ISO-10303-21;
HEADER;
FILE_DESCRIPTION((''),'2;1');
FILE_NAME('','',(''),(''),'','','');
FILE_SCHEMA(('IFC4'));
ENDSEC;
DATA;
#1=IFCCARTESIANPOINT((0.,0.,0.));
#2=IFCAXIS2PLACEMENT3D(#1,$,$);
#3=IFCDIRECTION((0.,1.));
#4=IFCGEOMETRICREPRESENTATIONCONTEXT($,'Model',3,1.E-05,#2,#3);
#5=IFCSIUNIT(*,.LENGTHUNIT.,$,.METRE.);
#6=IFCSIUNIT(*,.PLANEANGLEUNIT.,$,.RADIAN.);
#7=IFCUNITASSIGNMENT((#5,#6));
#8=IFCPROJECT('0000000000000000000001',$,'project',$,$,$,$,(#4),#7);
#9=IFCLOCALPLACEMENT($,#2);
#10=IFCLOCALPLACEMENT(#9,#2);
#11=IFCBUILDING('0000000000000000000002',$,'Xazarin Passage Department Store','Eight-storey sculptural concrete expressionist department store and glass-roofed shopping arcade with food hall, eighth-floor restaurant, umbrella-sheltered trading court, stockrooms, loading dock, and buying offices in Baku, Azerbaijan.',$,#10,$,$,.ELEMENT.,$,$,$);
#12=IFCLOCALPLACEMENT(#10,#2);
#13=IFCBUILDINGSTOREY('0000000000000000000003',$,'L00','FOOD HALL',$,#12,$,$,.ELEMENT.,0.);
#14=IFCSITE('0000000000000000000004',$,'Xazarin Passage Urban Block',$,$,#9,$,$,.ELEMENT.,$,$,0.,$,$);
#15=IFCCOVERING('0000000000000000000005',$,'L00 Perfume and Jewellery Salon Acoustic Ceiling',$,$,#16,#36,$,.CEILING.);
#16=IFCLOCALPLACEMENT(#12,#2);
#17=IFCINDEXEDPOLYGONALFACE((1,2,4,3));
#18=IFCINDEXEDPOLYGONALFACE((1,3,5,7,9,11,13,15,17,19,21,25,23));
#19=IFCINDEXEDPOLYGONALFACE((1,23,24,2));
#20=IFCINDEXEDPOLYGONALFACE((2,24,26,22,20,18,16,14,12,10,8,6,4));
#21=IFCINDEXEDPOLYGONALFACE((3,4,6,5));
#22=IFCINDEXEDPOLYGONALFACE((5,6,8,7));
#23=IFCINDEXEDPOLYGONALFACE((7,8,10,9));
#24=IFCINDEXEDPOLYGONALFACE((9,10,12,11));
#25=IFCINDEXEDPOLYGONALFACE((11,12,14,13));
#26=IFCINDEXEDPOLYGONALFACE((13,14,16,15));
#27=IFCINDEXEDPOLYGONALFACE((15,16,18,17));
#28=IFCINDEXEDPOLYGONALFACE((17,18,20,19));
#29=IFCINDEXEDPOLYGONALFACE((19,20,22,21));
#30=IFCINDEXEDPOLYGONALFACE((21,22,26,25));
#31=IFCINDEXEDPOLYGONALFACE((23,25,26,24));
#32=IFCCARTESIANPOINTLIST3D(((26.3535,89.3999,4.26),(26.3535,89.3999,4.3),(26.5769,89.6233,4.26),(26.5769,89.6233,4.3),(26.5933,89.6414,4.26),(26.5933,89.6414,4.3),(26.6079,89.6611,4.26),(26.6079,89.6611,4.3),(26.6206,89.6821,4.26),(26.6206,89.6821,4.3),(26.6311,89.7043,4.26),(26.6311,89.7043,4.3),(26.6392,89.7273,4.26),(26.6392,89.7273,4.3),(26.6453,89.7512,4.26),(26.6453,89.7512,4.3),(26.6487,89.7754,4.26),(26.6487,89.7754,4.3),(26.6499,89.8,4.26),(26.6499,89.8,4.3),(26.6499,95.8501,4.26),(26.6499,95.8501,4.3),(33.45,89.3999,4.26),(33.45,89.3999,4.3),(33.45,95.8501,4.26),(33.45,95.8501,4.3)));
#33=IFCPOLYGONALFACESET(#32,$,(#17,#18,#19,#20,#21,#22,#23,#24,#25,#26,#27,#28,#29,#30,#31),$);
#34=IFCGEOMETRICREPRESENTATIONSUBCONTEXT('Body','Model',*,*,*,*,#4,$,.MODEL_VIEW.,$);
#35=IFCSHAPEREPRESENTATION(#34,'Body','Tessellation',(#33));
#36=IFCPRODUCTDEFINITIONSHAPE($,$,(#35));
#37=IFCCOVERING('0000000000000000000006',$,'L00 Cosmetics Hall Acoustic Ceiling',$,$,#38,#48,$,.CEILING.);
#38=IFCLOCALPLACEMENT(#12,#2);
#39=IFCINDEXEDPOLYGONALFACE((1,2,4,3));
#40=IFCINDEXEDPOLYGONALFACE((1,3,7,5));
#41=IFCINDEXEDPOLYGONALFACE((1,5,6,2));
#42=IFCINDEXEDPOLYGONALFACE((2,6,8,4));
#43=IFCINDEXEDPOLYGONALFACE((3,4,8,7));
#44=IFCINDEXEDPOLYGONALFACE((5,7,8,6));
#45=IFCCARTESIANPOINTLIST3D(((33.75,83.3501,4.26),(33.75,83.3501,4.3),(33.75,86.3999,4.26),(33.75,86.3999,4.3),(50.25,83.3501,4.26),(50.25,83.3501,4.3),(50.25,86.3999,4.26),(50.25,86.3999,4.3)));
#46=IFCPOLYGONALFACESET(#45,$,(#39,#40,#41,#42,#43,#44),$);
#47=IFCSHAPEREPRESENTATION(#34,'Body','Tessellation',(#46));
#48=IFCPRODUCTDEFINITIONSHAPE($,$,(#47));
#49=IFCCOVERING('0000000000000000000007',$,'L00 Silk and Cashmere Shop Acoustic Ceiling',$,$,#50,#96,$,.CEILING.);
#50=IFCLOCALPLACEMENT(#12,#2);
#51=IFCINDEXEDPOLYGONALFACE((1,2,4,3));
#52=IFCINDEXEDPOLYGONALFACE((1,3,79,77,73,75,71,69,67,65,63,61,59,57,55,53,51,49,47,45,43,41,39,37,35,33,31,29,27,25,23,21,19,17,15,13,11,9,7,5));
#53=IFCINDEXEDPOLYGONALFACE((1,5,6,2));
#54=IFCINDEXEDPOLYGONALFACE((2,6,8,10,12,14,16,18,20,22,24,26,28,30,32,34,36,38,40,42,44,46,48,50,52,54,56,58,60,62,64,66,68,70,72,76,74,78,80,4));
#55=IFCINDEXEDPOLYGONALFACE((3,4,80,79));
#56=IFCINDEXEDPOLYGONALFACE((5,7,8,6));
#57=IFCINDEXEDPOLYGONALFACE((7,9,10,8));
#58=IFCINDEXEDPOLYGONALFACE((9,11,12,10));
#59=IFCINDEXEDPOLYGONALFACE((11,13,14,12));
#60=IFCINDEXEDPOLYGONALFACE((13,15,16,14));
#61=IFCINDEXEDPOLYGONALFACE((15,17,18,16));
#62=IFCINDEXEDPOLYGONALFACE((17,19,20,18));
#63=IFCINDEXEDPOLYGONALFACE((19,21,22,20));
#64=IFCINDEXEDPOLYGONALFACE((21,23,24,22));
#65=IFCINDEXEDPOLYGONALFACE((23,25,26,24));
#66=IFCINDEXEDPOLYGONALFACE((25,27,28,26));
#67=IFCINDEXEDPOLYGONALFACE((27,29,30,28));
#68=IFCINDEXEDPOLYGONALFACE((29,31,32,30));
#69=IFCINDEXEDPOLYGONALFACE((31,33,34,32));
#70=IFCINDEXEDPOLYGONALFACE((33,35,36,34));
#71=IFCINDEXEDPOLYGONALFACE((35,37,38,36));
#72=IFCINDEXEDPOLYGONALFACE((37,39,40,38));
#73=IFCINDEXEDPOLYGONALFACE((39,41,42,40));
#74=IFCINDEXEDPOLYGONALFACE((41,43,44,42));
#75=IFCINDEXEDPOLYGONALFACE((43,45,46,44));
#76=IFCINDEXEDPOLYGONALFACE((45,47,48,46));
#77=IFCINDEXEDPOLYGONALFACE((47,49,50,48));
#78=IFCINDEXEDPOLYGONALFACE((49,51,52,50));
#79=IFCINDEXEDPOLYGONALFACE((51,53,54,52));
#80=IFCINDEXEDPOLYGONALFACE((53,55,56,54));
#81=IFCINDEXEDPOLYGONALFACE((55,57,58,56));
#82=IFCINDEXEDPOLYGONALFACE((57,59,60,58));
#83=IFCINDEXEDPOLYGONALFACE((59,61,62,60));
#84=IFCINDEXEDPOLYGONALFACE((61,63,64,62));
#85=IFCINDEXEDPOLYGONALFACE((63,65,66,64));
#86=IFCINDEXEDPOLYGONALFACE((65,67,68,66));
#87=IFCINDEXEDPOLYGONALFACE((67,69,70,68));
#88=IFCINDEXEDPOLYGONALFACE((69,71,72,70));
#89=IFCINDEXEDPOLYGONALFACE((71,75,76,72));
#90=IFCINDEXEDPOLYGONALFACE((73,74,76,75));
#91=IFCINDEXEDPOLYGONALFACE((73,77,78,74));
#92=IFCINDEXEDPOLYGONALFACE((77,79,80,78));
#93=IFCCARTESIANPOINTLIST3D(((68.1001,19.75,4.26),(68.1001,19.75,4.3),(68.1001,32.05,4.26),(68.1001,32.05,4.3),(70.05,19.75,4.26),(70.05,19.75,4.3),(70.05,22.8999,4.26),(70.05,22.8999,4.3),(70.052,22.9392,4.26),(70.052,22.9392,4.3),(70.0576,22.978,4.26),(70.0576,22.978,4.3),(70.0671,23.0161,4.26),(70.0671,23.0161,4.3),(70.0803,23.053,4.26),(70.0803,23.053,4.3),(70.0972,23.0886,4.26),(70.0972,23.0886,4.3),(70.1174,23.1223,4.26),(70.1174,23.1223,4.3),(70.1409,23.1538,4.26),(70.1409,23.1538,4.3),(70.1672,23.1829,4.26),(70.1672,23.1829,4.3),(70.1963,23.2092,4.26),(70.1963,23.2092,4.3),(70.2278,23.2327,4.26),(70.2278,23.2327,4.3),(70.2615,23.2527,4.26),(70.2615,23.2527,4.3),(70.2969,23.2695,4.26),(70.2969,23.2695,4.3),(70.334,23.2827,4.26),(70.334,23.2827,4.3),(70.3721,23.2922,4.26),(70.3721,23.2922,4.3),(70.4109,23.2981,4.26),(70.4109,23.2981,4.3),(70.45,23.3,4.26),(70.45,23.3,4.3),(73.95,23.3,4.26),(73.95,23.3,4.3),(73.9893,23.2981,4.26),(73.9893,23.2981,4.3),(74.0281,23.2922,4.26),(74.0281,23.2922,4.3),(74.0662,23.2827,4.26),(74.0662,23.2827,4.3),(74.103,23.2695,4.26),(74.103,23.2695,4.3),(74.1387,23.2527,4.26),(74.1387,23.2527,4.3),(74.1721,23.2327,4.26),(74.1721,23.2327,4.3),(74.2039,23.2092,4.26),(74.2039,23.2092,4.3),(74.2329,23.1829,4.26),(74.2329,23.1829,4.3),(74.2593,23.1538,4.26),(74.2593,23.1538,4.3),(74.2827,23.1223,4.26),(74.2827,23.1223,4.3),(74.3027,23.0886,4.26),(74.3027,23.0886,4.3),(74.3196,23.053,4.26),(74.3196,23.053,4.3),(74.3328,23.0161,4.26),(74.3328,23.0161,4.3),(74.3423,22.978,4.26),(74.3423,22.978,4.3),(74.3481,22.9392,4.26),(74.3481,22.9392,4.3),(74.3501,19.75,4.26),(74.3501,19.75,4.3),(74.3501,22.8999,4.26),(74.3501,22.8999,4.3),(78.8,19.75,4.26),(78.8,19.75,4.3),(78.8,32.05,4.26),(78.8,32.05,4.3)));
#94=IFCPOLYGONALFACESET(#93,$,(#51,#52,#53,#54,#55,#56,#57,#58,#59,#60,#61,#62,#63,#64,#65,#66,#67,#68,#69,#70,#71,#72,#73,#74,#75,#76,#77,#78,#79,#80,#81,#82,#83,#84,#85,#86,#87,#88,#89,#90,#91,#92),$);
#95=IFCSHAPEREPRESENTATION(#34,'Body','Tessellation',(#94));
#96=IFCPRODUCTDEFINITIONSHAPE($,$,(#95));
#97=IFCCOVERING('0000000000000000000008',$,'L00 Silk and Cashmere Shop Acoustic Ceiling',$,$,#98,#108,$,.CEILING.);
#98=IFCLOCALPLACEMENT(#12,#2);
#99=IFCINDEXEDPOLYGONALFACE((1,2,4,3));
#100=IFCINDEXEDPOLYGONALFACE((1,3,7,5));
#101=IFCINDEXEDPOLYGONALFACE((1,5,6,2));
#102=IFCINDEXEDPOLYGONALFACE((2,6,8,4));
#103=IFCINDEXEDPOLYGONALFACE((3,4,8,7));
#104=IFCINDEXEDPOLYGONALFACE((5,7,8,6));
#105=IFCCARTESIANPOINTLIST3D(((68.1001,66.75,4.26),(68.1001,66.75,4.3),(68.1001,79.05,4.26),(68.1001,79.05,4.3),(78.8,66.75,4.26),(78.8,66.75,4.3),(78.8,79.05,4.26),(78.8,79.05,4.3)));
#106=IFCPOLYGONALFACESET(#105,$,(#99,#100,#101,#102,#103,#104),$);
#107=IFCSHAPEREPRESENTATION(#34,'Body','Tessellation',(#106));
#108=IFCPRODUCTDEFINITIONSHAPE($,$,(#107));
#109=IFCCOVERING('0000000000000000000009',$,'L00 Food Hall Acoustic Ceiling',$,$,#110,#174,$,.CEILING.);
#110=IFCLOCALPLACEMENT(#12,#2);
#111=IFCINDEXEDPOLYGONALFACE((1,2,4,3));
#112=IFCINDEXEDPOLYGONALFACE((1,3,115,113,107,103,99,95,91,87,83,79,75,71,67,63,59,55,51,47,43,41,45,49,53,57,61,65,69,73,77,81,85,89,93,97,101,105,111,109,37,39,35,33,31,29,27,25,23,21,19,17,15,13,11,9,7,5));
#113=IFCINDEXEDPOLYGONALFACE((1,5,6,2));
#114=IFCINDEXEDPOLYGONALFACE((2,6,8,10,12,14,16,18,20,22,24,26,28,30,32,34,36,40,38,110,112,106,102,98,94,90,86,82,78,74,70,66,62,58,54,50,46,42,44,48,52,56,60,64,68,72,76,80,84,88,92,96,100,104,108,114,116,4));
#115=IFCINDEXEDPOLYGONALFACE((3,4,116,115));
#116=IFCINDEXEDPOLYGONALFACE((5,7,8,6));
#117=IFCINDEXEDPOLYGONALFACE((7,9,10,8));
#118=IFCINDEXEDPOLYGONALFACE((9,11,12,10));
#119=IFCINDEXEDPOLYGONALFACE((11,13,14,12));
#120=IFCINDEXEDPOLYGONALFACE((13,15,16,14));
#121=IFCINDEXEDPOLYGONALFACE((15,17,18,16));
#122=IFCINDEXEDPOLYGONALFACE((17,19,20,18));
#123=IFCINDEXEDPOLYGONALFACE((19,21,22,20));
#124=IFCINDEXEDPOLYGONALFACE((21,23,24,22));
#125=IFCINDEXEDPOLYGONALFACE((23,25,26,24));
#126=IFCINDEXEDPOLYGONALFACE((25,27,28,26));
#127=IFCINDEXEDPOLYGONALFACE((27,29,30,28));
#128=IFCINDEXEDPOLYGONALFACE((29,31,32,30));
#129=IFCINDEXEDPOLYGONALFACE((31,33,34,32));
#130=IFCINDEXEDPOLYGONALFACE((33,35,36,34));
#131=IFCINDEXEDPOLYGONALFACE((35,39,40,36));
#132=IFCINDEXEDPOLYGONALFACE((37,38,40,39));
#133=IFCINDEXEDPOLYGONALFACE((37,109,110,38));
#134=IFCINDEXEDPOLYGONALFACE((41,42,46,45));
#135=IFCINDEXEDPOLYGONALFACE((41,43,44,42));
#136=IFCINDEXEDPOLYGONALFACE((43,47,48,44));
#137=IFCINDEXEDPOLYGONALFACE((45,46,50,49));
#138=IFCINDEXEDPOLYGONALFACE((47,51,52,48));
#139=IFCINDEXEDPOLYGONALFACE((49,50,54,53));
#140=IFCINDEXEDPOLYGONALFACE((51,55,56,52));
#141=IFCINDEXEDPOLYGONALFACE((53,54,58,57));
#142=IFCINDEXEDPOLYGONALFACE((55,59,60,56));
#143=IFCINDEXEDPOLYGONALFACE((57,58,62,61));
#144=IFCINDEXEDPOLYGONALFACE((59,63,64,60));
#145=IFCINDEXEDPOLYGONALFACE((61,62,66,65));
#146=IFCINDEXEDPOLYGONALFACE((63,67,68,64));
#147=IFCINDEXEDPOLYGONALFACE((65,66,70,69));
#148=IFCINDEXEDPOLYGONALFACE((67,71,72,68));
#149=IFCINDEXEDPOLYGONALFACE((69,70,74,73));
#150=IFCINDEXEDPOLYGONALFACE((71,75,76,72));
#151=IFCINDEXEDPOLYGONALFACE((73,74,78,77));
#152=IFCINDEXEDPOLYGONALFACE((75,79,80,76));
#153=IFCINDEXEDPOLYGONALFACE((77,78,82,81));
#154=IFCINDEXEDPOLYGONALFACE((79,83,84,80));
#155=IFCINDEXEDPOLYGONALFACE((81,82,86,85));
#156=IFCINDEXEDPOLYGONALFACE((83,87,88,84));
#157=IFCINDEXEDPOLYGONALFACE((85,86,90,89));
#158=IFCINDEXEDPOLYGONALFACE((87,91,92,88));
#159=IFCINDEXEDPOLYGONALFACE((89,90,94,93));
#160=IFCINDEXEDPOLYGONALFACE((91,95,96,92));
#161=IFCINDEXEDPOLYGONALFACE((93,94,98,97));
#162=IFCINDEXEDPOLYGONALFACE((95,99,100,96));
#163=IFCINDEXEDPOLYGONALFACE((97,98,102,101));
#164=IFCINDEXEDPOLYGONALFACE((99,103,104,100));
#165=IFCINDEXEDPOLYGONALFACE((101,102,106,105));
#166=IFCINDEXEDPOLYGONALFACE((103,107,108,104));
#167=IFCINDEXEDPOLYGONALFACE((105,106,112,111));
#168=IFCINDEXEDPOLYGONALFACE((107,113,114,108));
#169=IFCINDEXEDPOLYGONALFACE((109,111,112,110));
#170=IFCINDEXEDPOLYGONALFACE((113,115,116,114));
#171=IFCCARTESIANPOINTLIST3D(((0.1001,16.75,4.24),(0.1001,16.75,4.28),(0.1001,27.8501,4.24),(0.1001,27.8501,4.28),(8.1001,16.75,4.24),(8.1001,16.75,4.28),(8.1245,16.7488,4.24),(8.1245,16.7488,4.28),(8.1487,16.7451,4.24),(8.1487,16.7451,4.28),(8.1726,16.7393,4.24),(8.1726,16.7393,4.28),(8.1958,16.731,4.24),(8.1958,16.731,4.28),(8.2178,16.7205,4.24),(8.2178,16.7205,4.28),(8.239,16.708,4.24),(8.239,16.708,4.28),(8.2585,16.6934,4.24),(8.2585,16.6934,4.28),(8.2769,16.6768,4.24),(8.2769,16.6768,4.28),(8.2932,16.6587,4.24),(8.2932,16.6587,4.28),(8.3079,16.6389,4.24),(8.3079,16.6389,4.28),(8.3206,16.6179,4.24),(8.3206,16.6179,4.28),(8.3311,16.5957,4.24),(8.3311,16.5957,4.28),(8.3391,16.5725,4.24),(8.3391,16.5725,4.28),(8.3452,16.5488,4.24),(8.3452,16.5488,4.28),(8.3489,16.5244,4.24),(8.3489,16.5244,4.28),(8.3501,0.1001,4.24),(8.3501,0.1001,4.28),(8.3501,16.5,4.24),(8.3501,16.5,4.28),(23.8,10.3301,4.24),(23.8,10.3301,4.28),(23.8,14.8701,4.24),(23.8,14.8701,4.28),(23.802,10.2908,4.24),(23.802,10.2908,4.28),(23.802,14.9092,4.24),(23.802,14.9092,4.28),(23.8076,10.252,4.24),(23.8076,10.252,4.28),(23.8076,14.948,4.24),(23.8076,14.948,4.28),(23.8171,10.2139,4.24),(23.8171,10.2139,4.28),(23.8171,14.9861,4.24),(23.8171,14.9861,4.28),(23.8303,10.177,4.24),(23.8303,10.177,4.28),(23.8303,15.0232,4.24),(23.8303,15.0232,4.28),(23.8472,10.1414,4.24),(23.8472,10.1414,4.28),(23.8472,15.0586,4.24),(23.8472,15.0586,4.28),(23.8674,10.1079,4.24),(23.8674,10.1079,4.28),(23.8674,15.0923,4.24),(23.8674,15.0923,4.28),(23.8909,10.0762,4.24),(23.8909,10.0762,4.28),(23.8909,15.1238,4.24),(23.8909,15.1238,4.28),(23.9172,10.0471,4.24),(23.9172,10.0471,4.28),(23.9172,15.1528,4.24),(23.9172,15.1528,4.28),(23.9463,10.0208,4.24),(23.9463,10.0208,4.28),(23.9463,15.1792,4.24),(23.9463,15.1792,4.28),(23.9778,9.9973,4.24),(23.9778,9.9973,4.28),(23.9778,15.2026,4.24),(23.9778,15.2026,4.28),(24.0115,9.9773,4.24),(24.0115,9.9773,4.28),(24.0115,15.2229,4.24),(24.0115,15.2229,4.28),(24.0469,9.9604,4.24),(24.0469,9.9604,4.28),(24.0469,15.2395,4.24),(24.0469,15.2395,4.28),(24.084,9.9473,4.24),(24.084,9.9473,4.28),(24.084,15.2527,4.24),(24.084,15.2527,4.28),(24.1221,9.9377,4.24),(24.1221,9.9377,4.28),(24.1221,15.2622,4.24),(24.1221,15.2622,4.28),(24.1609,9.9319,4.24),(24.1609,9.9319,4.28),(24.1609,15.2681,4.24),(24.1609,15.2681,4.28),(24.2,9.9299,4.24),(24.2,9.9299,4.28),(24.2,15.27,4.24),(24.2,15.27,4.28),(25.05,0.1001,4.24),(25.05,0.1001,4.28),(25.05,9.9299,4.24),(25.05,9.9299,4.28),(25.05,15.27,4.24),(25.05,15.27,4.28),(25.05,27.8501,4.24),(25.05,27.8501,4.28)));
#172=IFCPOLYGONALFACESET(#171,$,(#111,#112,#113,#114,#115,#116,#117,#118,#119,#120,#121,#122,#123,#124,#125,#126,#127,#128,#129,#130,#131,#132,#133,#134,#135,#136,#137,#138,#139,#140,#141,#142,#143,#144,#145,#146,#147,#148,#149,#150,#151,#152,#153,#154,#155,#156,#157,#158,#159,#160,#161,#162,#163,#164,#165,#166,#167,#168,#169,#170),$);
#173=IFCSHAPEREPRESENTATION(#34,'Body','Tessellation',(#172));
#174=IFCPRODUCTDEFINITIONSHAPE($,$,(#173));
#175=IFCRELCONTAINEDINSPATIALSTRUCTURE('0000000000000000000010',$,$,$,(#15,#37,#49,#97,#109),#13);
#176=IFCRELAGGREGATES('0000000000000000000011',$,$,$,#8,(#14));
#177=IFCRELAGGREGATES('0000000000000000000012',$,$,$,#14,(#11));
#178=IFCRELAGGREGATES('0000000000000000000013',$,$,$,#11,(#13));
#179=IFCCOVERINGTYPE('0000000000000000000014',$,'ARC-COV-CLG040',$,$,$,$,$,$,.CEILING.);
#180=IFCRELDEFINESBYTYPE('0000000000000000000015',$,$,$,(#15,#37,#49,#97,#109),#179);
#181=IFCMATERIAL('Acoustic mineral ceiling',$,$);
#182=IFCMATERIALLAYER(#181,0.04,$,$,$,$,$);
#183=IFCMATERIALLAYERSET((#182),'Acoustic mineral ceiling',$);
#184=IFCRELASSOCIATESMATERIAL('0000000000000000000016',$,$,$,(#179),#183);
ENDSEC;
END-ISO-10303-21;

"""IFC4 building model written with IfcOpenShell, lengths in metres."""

from ifc_helpers import new_model, si_unit, direction, frame, origin, place, context, subcontext, project, spatial, polyline, outline, extrude, material, layer, layer_set, type_object, element, save


model = new_model("IFC4")

# Units and contexts
model_context = context("Model", 3, precision=1e-05, world=origin(), true_north=direction((0.0, 1.0)))
body_context = subcontext(model_context, "Body", "Model", "MODEL_VIEW")
ifc_project = project(units=[si_unit("LENGTHUNIT", "METRE"), si_unit("PLANEANGLEUNIT", "RADIAN")], contexts=[model_context])

# Site, building, storey
site_placement = place(None, origin())
site = spatial("IfcSite", under=ifc_project, at=site_placement, Name="Xazarin Passage Urban Block", CompositionType="ELEMENT", RefElevation=0.0)
building_placement = place(site_placement, origin())
building = spatial("IfcBuilding", under=site, at=building_placement, Name="Xazarin Passage Department Store", Description="Eight-storey sculptural concrete expressionist department store and glass-roofed shopping arcade with food hall, eighth-floor restaurant, umbrella-sheltered trading court, stockrooms, loading dock, and buying offices in Baku, Azerbaijan.", CompositionType="ELEMENT")
storey_placement = place(building_placement, origin())
storey = spatial("IfcBuildingStorey", under=building, at=storey_placement, Name="L00", Description="FOOD HALL", CompositionType="ELEMENT", Elevation=0.0)

# Coverings
ifc_material_1 = material(Name="Acoustic mineral ceiling")
ifc_layer_1 = layer(ifc_material_1, 0.04)
ifc_layer_set_1 = layer_set([ifc_layer_1], Name="Acoustic mineral ceiling")
covering_type_1 = type_object("IfcCoveringType", Name="ARC-COV-CLG040", PredefinedType="CEILING", material=ifc_layer_set_1)
covering_1_placement = place(storey_placement, frame((0.0, 0.0, 4.26)))
element("IfcCovering", 1, at=covering_1_placement, inside=storey, type_object=covering_type_1, Name="L00 Perfume and Jewellery Salon Acoustic Ceiling", PredefinedType="CEILING", context=body_context, shape_type="SweptSolid", body=[
    extrude(outline(polyline([(26.3535, 89.3999), (33.45, 89.3999), (33.45, 95.8501), (26.6499, 95.8501), (26.6499, 89.8), (26.6487, 89.7754), (26.6453, 89.7512), (26.6392, 89.7273), (26.6311, 89.7043), (26.6206, 89.6821), (26.6079, 89.6611), (26.5933, 89.6414), (26.5769, 89.6233), (26.3535, 89.3999)])), origin(), (0.0, 0.0, 1.0), 0.04),
])
covering_2_placement = place(storey_placement, frame((0.0, 0.0, 4.26)))
element("IfcCovering", 2, at=covering_2_placement, inside=storey, type_object=covering_type_1, Name="L00 Cosmetics Hall Acoustic Ceiling", PredefinedType="CEILING", context=body_context, shape_type="SweptSolid", body=[
    extrude(outline(polyline([(50.25, 86.3999), (33.75, 86.3999), (33.75, 83.3501), (50.25, 83.3501), (50.25, 86.3999)])), origin(), (0.0, 0.0, 1.0), 0.04),
])
covering_3_placement = place(storey_placement, frame((0.0, 0.0, 4.26)))
element("IfcCovering", 3, at=covering_3_placement, inside=storey, type_object=covering_type_1, Name="L00 Silk and Cashmere Shop Acoustic Ceiling", PredefinedType="CEILING", context=body_context, shape_type="SweptSolid", body=[
    extrude(outline(polyline([(70.05, 19.75), (70.05, 22.8999), (70.052, 22.9392), (70.0576, 22.978), (70.0671, 23.0161), (70.0803, 23.053), (70.0972, 23.0886), (70.1174, 23.1223), (70.1409, 23.1538), (70.1672, 23.1829), (70.1963, 23.2092), (70.2278, 23.2327), (70.2615, 23.2527), (70.2969, 23.2695), (70.334, 23.2827), (70.3721, 23.2922), (70.4109, 23.2981), (70.45, 23.3), (73.95, 23.3), (73.9893, 23.2981), (74.0281, 23.2922), (74.0662, 23.2827), (74.103, 23.2695), (74.1387, 23.2527), (74.1721, 23.2327), (74.2039, 23.2092), (74.2329, 23.1829), (74.2593, 23.1538), (74.2827, 23.1223), (74.3027, 23.0886), (74.3196, 23.053), (74.3328, 23.0161), (74.3423, 22.978), (74.3481, 22.9392), (74.3501, 22.8999), (74.3501, 19.75), (78.8, 19.75), (78.8, 32.05), (68.1001, 32.05), (68.1001, 19.75), (70.05, 19.75)])), origin(), (0.0, 0.0, 1.0), 0.04),
])
covering_4_placement = place(storey_placement, frame((0.0, 0.0, 4.26)))
element("IfcCovering", 4, at=covering_4_placement, inside=storey, type_object=covering_type_1, Name="L00 Silk and Cashmere Shop Acoustic Ceiling", PredefinedType="CEILING", context=body_context, shape_type="SweptSolid", body=[
    extrude(outline(polyline([(78.8, 66.75), (78.8, 79.05), (68.1001, 79.05), (68.1001, 66.75), (78.8, 66.75)])), origin(), (0.0, 0.0, 1.0), 0.04),
])
covering_5_placement = place(storey_placement, frame((0.0, 0.0, 4.24)))
element("IfcCovering", 5, at=covering_5_placement, inside=storey, type_object=covering_type_1, Name="L00 Food Hall Acoustic Ceiling", PredefinedType="CEILING", context=body_context, shape_type="SweptSolid", body=[
    extrude(outline(polyline([(25.05, 9.9299), (24.2, 9.9299), (24.1609, 9.9319), (24.1221, 9.9377), (24.084, 9.9473), (24.0469, 9.9604), (24.0115, 9.9773), (23.9778, 9.9973), (23.9463, 10.0208), (23.9172, 10.0471), (23.8909, 10.0762), (23.8674, 10.1079), (23.8472, 10.1414), (23.8303, 10.177), (23.8171, 10.2139), (23.8076, 10.252), (23.802, 10.2908), (23.8, 10.3301), (23.8, 14.8701), (23.802, 14.9092), (23.8076, 14.948), (23.8171, 14.9861), (23.8303, 15.0232), (23.8472, 15.0586), (23.8674, 15.0923), (23.8909, 15.1238), (23.9172, 15.1528), (23.9463, 15.1792), (23.9778, 15.2026), (24.0115, 15.2229), (24.0469, 15.2395), (24.084, 15.2527), (24.1221, 15.2622), (24.1609, 15.2681), (24.2, 15.27), (25.05, 15.27), (25.05, 27.8501), (0.1001, 27.8501), (0.1001, 16.75), (8.1001, 16.75), (8.1245, 16.7488), (8.1487, 16.7451), (8.1726, 16.7393), (8.1958, 16.731), (8.2178, 16.7205), (8.239, 16.708), (8.2585, 16.6934), (8.2769, 16.6768), (8.2932, 16.6587), (8.3079, 16.6389), (8.3206, 16.6179), (8.3311, 16.5957), (8.3391, 16.5725), (8.3452, 16.5488), (8.3489, 16.5244), (8.3501, 16.5), (8.3501, 0.1001), (25.05, 0.1001), (25.05, 9.9299)])), origin(), (0.0, 0.0, 1.0), 0.04),
])

save(model, "model.ifc")
